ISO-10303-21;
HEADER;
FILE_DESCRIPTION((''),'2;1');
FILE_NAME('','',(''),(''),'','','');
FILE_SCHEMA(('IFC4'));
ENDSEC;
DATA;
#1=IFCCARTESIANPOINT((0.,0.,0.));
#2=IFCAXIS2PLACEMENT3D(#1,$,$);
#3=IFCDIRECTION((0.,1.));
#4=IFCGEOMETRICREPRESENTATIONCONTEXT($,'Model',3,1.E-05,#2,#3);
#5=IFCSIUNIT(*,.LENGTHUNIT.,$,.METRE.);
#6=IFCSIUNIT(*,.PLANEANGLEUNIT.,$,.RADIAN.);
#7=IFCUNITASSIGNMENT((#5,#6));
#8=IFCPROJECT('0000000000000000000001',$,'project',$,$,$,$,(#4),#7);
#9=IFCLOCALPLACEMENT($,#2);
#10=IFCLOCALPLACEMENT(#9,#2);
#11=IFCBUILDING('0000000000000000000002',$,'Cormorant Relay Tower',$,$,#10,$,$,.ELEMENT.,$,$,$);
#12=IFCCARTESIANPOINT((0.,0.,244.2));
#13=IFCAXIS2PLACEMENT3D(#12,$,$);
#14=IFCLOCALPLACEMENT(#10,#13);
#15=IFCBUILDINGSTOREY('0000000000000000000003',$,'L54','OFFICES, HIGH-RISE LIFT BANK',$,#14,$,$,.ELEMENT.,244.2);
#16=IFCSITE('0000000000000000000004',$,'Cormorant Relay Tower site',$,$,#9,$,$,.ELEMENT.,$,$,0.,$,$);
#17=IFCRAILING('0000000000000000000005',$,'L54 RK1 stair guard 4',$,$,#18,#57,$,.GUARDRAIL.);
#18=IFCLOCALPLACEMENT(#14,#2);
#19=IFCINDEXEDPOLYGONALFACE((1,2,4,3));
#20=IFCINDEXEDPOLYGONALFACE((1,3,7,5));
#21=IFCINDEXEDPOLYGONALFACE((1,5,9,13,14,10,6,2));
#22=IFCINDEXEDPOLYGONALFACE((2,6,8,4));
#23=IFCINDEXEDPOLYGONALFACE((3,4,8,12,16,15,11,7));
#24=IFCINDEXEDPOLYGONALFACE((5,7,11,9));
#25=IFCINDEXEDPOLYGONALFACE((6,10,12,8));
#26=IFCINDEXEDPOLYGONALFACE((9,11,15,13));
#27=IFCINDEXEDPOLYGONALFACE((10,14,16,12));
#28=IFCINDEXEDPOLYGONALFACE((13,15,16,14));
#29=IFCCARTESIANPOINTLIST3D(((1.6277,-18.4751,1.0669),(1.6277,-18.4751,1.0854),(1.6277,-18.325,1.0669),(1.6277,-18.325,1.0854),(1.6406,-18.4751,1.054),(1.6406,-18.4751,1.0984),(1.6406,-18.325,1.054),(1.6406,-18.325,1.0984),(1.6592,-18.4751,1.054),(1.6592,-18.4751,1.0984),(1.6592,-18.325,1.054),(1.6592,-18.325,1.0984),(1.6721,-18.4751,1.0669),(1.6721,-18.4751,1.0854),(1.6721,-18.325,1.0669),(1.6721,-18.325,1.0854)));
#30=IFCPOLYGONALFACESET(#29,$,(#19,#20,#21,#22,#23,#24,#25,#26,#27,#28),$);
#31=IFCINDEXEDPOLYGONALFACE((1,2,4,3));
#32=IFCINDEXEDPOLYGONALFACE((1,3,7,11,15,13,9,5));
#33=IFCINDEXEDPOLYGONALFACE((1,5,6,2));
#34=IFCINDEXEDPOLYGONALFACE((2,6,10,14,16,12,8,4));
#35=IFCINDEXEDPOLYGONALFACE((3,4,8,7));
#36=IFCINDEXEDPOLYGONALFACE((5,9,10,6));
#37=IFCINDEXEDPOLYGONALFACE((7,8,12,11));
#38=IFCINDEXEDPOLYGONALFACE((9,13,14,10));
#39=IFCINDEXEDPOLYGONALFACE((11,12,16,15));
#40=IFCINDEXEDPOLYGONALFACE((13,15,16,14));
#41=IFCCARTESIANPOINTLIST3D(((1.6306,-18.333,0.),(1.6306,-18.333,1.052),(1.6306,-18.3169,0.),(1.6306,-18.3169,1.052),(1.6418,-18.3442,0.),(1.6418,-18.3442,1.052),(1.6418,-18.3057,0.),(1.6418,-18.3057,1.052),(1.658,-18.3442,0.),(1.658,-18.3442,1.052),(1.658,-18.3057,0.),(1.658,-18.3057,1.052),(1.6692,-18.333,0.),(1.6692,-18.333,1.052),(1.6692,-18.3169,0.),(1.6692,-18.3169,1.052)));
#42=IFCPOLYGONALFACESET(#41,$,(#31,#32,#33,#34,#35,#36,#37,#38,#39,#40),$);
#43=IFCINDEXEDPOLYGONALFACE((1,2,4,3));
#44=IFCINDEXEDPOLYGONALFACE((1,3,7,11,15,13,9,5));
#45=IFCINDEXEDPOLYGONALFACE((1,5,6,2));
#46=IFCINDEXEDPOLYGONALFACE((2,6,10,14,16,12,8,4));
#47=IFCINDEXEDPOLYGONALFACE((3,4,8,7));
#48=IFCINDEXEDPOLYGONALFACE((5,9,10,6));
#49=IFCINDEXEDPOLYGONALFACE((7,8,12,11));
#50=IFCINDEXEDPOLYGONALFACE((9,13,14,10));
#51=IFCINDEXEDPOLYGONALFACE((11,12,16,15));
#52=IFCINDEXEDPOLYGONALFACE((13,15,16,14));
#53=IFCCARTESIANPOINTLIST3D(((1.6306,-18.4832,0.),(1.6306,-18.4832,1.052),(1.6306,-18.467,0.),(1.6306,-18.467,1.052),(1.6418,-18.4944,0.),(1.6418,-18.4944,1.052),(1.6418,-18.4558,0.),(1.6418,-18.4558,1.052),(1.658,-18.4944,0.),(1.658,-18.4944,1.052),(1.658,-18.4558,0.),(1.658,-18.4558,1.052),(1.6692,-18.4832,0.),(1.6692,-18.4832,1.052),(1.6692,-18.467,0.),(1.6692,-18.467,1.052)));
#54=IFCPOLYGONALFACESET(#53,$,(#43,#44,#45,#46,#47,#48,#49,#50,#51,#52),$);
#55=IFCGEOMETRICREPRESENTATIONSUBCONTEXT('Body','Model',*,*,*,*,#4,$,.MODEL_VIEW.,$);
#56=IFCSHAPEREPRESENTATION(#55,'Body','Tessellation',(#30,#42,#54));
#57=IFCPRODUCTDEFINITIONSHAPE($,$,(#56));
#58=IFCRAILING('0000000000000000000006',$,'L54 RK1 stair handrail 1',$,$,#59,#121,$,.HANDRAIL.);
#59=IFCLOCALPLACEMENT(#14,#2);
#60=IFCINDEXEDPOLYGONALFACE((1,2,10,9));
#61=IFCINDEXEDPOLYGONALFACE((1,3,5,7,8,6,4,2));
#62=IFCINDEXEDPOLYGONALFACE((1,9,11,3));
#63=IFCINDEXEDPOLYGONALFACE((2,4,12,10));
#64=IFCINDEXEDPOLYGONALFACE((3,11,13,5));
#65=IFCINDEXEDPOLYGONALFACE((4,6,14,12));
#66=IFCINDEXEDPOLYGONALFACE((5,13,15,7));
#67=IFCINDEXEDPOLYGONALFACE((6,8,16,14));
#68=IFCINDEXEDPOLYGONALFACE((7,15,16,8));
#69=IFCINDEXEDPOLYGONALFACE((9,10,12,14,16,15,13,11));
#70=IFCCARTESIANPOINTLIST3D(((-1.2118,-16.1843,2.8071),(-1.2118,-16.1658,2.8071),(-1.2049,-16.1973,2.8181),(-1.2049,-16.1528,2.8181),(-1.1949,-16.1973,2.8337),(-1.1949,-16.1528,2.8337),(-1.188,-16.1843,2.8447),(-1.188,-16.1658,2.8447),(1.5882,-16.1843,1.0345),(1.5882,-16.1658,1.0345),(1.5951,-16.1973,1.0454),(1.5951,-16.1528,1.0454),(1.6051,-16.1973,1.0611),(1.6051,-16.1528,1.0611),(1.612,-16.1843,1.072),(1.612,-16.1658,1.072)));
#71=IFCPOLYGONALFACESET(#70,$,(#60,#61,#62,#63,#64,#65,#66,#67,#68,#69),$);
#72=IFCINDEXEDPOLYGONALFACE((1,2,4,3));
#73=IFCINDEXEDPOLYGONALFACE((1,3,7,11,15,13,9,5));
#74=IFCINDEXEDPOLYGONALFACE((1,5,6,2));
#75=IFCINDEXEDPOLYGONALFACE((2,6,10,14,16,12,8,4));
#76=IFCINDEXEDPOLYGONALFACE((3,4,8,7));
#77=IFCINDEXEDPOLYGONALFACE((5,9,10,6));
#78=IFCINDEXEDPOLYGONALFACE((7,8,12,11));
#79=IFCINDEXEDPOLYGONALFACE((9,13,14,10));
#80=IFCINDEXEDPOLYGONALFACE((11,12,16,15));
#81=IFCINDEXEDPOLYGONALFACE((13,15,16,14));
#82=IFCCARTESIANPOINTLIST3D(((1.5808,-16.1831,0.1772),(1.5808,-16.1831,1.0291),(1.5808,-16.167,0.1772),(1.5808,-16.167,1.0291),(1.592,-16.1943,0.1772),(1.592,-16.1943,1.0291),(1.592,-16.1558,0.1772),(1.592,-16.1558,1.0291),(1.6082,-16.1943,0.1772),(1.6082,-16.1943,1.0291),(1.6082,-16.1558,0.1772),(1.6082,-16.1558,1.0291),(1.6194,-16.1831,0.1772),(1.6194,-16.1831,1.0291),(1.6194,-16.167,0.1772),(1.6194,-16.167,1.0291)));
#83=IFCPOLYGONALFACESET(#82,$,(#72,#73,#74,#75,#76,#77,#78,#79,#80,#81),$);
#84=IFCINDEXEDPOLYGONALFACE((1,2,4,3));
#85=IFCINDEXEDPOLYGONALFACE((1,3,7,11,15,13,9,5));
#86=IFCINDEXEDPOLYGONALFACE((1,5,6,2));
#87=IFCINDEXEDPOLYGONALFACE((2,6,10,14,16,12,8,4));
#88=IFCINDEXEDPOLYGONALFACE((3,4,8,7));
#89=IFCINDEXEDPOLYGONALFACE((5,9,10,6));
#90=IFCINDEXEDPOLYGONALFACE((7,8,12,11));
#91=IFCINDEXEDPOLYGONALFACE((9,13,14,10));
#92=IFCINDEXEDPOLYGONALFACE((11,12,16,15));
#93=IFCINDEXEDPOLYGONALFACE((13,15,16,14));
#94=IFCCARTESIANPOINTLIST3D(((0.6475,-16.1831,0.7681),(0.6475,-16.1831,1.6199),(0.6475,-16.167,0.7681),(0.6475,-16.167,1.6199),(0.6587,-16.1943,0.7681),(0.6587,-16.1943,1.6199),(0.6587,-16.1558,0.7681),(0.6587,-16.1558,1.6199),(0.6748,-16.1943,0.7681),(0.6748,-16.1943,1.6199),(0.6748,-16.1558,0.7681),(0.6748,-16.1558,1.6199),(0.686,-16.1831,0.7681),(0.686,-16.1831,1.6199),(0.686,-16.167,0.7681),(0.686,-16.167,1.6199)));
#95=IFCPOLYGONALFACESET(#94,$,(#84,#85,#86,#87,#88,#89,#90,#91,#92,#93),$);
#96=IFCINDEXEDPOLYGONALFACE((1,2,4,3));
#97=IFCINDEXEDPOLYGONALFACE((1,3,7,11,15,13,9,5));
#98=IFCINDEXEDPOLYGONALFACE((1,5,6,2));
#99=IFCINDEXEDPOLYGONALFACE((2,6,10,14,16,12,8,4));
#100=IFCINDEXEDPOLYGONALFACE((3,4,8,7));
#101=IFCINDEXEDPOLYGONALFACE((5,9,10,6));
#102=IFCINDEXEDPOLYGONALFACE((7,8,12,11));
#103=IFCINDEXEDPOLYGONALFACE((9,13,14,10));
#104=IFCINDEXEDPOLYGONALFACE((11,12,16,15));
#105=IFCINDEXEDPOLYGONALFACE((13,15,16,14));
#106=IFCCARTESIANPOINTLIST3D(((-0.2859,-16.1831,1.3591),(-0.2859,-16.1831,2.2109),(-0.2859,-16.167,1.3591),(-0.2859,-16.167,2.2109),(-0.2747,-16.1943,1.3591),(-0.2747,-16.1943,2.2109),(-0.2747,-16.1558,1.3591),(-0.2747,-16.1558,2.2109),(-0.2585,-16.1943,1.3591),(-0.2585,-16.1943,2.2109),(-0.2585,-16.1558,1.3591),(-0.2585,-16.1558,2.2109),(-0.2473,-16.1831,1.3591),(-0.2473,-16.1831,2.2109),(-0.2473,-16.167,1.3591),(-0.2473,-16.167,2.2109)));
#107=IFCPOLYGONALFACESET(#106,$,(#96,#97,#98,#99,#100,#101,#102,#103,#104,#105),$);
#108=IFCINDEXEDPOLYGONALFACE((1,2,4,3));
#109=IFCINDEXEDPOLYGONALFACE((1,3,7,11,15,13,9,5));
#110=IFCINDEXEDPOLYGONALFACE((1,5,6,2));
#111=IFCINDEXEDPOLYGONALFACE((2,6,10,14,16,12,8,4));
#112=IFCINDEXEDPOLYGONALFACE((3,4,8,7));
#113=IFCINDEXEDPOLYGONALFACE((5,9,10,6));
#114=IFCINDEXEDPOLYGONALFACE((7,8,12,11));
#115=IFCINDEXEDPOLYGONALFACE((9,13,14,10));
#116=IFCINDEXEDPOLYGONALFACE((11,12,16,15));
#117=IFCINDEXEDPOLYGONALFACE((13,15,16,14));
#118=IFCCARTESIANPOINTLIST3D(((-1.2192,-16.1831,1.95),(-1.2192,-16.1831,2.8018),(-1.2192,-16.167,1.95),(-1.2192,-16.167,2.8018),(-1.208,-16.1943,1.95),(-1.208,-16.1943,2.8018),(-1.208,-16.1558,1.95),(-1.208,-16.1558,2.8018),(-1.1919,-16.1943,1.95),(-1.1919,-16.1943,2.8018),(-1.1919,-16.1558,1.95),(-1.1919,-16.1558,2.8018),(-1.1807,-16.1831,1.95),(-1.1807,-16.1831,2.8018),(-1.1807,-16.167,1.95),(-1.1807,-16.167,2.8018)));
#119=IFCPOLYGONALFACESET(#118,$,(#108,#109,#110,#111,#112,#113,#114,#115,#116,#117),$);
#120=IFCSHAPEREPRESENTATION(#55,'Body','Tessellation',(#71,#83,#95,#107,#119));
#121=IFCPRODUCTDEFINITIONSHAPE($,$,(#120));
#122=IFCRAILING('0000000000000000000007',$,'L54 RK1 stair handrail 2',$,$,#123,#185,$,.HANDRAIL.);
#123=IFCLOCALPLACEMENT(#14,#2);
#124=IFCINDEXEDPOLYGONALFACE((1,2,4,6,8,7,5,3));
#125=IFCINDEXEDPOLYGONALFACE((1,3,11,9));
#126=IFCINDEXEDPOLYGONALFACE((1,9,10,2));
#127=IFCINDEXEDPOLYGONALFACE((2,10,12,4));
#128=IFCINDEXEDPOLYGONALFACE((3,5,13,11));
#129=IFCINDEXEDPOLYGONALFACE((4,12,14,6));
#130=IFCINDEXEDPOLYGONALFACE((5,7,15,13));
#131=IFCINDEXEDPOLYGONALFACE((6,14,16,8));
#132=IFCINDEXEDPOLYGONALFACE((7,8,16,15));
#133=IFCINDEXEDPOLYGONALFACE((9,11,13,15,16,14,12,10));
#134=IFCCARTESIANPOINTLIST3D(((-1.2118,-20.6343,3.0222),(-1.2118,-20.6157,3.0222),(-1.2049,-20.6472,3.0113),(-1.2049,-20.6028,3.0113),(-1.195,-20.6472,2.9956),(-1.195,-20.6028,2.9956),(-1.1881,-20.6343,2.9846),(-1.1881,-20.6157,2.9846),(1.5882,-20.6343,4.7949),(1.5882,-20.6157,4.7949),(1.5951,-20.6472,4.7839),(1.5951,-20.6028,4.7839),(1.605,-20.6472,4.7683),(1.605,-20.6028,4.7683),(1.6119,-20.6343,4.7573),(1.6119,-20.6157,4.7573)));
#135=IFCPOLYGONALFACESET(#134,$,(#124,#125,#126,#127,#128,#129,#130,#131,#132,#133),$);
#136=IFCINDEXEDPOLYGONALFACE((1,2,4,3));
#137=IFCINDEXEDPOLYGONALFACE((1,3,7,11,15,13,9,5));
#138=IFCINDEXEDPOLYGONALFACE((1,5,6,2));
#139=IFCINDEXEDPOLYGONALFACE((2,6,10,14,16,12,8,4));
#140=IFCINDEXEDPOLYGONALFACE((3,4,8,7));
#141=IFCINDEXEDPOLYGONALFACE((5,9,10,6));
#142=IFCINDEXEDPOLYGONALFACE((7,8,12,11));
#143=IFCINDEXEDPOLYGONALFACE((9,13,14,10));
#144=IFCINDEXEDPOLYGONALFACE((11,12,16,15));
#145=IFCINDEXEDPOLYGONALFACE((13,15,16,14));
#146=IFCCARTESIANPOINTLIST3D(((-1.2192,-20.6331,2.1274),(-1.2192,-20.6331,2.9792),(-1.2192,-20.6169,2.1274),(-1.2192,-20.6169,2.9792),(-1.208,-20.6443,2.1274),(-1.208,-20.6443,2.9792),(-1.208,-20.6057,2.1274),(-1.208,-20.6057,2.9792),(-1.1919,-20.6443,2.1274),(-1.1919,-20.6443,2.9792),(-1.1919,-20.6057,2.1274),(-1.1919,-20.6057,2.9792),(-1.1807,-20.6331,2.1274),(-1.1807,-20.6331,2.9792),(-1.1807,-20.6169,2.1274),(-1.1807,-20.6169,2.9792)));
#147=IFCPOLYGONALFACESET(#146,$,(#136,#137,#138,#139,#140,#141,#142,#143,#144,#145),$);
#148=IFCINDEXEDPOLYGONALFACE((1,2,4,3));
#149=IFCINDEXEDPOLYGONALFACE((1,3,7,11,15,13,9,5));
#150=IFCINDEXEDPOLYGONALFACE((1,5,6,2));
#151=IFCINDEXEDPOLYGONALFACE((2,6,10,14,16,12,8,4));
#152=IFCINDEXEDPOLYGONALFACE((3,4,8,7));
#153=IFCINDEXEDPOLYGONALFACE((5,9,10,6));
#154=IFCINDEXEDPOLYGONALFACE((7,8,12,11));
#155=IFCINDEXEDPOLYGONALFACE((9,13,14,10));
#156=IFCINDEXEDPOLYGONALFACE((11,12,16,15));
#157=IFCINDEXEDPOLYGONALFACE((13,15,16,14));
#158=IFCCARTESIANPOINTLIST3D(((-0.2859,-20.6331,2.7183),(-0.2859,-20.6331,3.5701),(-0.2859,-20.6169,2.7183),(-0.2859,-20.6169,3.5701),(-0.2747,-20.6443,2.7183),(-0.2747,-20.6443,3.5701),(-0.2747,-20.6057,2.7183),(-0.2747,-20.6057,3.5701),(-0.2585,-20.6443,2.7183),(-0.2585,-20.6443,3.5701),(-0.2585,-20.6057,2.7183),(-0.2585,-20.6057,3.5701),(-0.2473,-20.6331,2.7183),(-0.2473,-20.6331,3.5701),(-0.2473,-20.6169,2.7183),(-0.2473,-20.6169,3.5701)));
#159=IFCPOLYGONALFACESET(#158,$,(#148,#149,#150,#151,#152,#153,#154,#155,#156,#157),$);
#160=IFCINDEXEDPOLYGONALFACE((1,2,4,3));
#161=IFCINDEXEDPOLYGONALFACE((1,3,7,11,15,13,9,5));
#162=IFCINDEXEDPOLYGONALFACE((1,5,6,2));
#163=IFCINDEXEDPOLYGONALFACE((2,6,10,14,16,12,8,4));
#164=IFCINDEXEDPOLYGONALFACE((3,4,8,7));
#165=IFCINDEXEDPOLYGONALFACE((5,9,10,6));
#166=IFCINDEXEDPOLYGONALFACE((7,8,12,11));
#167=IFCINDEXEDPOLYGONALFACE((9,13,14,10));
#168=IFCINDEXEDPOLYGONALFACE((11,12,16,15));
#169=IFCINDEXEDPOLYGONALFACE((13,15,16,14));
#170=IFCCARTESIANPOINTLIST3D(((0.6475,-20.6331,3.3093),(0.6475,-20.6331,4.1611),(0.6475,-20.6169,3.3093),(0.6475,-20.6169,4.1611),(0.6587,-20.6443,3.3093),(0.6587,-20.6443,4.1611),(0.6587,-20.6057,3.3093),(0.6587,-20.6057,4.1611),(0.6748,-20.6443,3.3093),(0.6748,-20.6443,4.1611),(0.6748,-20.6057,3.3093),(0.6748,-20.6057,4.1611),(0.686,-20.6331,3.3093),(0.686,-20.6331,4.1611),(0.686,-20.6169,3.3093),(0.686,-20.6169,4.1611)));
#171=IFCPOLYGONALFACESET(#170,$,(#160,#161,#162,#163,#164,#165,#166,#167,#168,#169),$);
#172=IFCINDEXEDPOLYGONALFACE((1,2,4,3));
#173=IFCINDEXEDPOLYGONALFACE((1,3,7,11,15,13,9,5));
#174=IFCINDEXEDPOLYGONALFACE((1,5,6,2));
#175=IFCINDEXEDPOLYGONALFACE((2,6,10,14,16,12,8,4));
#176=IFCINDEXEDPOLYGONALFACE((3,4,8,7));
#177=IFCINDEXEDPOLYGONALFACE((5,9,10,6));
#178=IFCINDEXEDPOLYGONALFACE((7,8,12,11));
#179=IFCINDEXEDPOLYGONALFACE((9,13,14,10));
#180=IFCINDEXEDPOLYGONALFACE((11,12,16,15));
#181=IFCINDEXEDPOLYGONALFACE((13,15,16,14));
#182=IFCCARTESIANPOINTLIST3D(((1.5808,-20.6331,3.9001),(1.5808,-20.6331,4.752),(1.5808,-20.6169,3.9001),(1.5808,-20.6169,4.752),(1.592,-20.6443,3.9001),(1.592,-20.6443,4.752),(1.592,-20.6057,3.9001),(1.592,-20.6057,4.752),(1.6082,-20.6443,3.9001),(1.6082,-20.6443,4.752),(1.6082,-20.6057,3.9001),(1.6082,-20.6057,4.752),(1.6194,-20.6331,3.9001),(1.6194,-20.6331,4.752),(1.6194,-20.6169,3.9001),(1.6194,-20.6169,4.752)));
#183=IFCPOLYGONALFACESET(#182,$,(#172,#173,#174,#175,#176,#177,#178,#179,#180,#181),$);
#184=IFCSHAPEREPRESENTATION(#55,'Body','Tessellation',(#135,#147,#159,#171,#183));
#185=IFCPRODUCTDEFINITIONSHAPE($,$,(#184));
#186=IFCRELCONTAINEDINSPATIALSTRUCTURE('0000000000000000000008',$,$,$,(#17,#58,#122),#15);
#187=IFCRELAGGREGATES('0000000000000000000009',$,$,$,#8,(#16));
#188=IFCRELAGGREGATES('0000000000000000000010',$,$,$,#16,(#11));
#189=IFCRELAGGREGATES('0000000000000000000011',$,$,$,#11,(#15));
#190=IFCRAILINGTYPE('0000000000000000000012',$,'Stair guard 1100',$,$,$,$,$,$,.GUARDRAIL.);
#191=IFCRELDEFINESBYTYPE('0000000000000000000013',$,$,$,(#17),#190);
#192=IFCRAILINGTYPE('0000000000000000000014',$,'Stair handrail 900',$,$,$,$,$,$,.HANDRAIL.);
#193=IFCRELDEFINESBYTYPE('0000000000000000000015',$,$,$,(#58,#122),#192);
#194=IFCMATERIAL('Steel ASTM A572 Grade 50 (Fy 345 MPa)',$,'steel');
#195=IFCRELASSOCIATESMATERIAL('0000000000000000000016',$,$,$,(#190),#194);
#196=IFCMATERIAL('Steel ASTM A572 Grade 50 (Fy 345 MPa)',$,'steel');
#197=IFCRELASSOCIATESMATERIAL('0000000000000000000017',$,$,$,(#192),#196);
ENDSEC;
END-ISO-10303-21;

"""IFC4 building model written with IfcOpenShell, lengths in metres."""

from ifc_helpers import new_model, si_unit, direction, frame, origin, place, context, subcontext, project, spatial, polyline, outline, extrude, material, type_object, element, save


model = new_model("IFC4")

# Units and contexts
model_context = context("Model", 3, precision=1e-05, world=origin(), true_north=direction((0.0, 1.0)))
body_context = subcontext(model_context, "Body", "Model", "MODEL_VIEW")
ifc_project = project(units=[si_unit("LENGTHUNIT", "METRE"), si_unit("PLANEANGLEUNIT", "RADIAN")], contexts=[model_context])

# Site, building, storey
site_placement = place(None, origin())
site = spatial("IfcSite", under=ifc_project, at=site_placement, Name="Cormorant Relay Tower site", CompositionType="ELEMENT", RefElevation=0.0)
building_placement = place(site_placement, origin())
building = spatial("IfcBuilding", under=site, at=building_placement, Name="Cormorant Relay Tower", CompositionType="ELEMENT")
storey_placement = place(building_placement, frame((0.0, 0.0, 244.2)))
storey = spatial("IfcBuildingStorey", under=building, at=storey_placement, Name="L54", Description="OFFICES, HIGH-RISE LIFT BANK", CompositionType="ELEMENT", Elevation=244.2)

# Railings
ifc_material_1 = material(Name="Steel ASTM A572 Grade 50 (Fy 345 MPa)", Category="steel")
railing_type_1 = type_object("IfcRailingType", Name="Stair guard 1100", PredefinedType="GUARDRAIL", material=ifc_material_1)
railing_1_placement = place(storey_placement, frame((1.6499, -18.325, 0.0)))
element("IfcRailing", 1, at=railing_1_placement, inside=storey, type_object=railing_type_1, Name="L54 RK1 stair guard 4", PredefinedType="GUARDRAIL", context=body_context, shape_type="SweptSolid", body=[
    extrude(outline(polyline([(0.0222, 0.0093), (0.0093, 0.0222), (-0.0093, 0.0222), (-0.0222, 0.0093), (-0.0222, -0.0093), (-0.0093, -0.0222), (0.0093, -0.0222), (0.0222, -0.0093), (0.0222, 0.0093)])), frame((0.0, 0.0, 1.0762), z_axis=(0.0, -1.0, 0.0), x_axis=(1.0, 0.0, 0.0)), (0.0, 0.0, 1.0), 0.1501),
    extrude(outline(polyline([(0.0193, 0.0081), (0.0081, 0.0193), (-0.0081, 0.0193), (-0.0193, 0.0081), (-0.0193, -0.0081), (-0.0081, -0.0193), (0.0081, -0.0193), (0.0193, -0.0081), (0.0193, 0.0081)])), origin(), (0.0, 0.0, 1.0), 1.052),
    extrude(outline(polyline([(0.0193, 0.0081), (0.0081, 0.0193), (-0.0081, 0.0193), (-0.0193, 0.0081), (-0.0193, -0.0081), (-0.0081, -0.0193), (0.0081, -0.0193), (0.0193, -0.0081), (0.0193, 0.0081)])), frame((0.0, -0.1501, 0.0)), (0.0, 0.0, 1.0), 1.052),
])
ifc_material_2 = material(Name="Steel ASTM A572 Grade 50 (Fy 345 MPa)", Category="steel")
railing_type_2 = type_object("IfcRailingType", Name="Stair handrail 900", PredefinedType="HANDRAIL", material=ifc_material_2)
railing_2_placement = place(storey_placement, frame((1.6001, -16.175, 0.1772)))
element("IfcRailing", 2, at=railing_2_placement, inside=storey, type_object=railing_type_2, Name="L54 RK1 stair handrail 1", PredefinedType="HANDRAIL", context=body_context, shape_type="SweptSolid", body=[
    extrude(outline(polyline([(0.0222, 0.0093), (0.0093, 0.0222), (-0.0093, 0.0222), (-0.0222, 0.0093), (-0.0222, -0.0093), (-0.0093, -0.0222), (0.0093, -0.0222), (0.0222, -0.0093), (0.0222, 0.0093)])), frame((0.0, 0.0, 0.876), z_axis=(-0.844909, 0.0, 0.53491), x_axis=(0.0, -1.0, 0.0)), (0.0, 0.0, 1.0), 3.314),
    extrude(outline(polyline([(0.0193, 0.0081), (0.0081, 0.0193), (-0.0081, 0.0193), (-0.0193, 0.0081), (-0.0193, -0.0081), (-0.0081, -0.0193), (0.0081, -0.0193), (0.0193, -0.0081), (0.0193, 0.0081)])), origin(), (0.0, 0.0, 1.0), 0.8518),
    extrude(outline(polyline([(0.0193, 0.0081), (0.0081, 0.0193), (-0.0081, 0.0193), (-0.0193, 0.0081), (-0.0193, -0.0081), (-0.0081, -0.0193), (0.0081, -0.0193), (0.0193, -0.0081), (0.0193, 0.0081)])), frame((-0.9333, 0.0, 0.5908)), (0.0, 0.0, 1.0), 0.8518),
    extrude(outline(polyline([(0.0193, 0.0081), (0.0081, 0.0193), (-0.0081, 0.0193), (-0.0193, 0.0081), (-0.0193, -0.0081), (-0.0081, -0.0193), (0.0081, -0.0193), (0.0193, -0.0081), (0.0193, 0.0081)])), frame((-1.8667, 0.0, 1.1819)), (0.0, 0.0, 1.0), 0.8518),
    extrude(outline(polyline([(0.0193, 0.0081), (0.0081, 0.0193), (-0.0081, 0.0193), (-0.0193, 0.0081), (-0.0193, -0.0081), (-0.0081, -0.0193), (0.0081, -0.0193), (0.0193, -0.0081), (0.0193, 0.0081)])), frame((-2.8, 0.0, 1.7727)), (0.0, 0.0, 1.0), 0.8518),
])
railing_3_placement = place(storey_placement, frame((-1.2, -20.625, 2.1274)))
element("IfcRailing", 3, at=railing_3_placement, inside=storey, type_object=railing_type_2, Name="L54 RK1 stair handrail 2", PredefinedType="HANDRAIL", context=body_context, shape_type="SweptSolid", body=[
    extrude(outline(polyline([(0.0222, 0.0093), (0.0093, 0.0222), (-0.0093, 0.0222), (-0.0222, 0.0093), (-0.0222, -0.0093), (-0.0093, -0.0222), (0.0093, -0.0222), (0.0222, -0.0093), (0.0222, 0.0093)])), frame((0.0, 0.0, 0.876), z_axis=(0.844909, 0.0, 0.53491), x_axis=(0.0, 1.0, 0.0)), (0.0, 0.0, 1.0), 3.314),
    extrude(outline(polyline([(0.0193, 0.0081), (0.0081, 0.0193), (-0.0081, 0.0193), (-0.0193, 0.0081), (-0.0193, -0.0081), (-0.0081, -0.0193), (0.0081, -0.0193), (0.0193, -0.0081), (0.0193, 0.0081)])), origin(), (0.0, 0.0, 1.0), 0.8518),
    extrude(outline(polyline([(0.0193, 0.0081), (0.0081, 0.0193), (-0.0081, 0.0193), (-0.0193, 0.0081), (-0.0193, -0.0081), (-0.0081, -0.0193), (0.0081, -0.0193), (0.0193, -0.0081), (0.0193, 0.0081)])), frame((0.9333, 0.0, 0.5908)), (0.0, 0.0, 1.0), 0.8518),
    extrude(outline(polyline([(0.0193, 0.0081), (0.0081, 0.0193), (-0.0081, 0.0193), (-0.0193, 0.0081), (-0.0193, -0.0081), (-0.0081, -0.0193), (0.0081, -0.0193), (0.0193, -0.0081), (0.0193, 0.0081)])), frame((1.8667, 0.0, 1.1819)), (0.0, 0.0, 1.0), 0.8518),
    extrude(outline(polyline([(0.0193, 0.0081), (0.0081, 0.0193), (-0.0081, 0.0193), (-0.0193, 0.0081), (-0.0193, -0.0081), (-0.0081, -0.0193), (0.0081, -0.0193), (0.0193, -0.0081), (0.0193, 0.0081)])), frame((2.8, 0.0, 1.7727)), (0.0, 0.0, 1.0), 0.8518),
])

save(model, "model.ifc")
